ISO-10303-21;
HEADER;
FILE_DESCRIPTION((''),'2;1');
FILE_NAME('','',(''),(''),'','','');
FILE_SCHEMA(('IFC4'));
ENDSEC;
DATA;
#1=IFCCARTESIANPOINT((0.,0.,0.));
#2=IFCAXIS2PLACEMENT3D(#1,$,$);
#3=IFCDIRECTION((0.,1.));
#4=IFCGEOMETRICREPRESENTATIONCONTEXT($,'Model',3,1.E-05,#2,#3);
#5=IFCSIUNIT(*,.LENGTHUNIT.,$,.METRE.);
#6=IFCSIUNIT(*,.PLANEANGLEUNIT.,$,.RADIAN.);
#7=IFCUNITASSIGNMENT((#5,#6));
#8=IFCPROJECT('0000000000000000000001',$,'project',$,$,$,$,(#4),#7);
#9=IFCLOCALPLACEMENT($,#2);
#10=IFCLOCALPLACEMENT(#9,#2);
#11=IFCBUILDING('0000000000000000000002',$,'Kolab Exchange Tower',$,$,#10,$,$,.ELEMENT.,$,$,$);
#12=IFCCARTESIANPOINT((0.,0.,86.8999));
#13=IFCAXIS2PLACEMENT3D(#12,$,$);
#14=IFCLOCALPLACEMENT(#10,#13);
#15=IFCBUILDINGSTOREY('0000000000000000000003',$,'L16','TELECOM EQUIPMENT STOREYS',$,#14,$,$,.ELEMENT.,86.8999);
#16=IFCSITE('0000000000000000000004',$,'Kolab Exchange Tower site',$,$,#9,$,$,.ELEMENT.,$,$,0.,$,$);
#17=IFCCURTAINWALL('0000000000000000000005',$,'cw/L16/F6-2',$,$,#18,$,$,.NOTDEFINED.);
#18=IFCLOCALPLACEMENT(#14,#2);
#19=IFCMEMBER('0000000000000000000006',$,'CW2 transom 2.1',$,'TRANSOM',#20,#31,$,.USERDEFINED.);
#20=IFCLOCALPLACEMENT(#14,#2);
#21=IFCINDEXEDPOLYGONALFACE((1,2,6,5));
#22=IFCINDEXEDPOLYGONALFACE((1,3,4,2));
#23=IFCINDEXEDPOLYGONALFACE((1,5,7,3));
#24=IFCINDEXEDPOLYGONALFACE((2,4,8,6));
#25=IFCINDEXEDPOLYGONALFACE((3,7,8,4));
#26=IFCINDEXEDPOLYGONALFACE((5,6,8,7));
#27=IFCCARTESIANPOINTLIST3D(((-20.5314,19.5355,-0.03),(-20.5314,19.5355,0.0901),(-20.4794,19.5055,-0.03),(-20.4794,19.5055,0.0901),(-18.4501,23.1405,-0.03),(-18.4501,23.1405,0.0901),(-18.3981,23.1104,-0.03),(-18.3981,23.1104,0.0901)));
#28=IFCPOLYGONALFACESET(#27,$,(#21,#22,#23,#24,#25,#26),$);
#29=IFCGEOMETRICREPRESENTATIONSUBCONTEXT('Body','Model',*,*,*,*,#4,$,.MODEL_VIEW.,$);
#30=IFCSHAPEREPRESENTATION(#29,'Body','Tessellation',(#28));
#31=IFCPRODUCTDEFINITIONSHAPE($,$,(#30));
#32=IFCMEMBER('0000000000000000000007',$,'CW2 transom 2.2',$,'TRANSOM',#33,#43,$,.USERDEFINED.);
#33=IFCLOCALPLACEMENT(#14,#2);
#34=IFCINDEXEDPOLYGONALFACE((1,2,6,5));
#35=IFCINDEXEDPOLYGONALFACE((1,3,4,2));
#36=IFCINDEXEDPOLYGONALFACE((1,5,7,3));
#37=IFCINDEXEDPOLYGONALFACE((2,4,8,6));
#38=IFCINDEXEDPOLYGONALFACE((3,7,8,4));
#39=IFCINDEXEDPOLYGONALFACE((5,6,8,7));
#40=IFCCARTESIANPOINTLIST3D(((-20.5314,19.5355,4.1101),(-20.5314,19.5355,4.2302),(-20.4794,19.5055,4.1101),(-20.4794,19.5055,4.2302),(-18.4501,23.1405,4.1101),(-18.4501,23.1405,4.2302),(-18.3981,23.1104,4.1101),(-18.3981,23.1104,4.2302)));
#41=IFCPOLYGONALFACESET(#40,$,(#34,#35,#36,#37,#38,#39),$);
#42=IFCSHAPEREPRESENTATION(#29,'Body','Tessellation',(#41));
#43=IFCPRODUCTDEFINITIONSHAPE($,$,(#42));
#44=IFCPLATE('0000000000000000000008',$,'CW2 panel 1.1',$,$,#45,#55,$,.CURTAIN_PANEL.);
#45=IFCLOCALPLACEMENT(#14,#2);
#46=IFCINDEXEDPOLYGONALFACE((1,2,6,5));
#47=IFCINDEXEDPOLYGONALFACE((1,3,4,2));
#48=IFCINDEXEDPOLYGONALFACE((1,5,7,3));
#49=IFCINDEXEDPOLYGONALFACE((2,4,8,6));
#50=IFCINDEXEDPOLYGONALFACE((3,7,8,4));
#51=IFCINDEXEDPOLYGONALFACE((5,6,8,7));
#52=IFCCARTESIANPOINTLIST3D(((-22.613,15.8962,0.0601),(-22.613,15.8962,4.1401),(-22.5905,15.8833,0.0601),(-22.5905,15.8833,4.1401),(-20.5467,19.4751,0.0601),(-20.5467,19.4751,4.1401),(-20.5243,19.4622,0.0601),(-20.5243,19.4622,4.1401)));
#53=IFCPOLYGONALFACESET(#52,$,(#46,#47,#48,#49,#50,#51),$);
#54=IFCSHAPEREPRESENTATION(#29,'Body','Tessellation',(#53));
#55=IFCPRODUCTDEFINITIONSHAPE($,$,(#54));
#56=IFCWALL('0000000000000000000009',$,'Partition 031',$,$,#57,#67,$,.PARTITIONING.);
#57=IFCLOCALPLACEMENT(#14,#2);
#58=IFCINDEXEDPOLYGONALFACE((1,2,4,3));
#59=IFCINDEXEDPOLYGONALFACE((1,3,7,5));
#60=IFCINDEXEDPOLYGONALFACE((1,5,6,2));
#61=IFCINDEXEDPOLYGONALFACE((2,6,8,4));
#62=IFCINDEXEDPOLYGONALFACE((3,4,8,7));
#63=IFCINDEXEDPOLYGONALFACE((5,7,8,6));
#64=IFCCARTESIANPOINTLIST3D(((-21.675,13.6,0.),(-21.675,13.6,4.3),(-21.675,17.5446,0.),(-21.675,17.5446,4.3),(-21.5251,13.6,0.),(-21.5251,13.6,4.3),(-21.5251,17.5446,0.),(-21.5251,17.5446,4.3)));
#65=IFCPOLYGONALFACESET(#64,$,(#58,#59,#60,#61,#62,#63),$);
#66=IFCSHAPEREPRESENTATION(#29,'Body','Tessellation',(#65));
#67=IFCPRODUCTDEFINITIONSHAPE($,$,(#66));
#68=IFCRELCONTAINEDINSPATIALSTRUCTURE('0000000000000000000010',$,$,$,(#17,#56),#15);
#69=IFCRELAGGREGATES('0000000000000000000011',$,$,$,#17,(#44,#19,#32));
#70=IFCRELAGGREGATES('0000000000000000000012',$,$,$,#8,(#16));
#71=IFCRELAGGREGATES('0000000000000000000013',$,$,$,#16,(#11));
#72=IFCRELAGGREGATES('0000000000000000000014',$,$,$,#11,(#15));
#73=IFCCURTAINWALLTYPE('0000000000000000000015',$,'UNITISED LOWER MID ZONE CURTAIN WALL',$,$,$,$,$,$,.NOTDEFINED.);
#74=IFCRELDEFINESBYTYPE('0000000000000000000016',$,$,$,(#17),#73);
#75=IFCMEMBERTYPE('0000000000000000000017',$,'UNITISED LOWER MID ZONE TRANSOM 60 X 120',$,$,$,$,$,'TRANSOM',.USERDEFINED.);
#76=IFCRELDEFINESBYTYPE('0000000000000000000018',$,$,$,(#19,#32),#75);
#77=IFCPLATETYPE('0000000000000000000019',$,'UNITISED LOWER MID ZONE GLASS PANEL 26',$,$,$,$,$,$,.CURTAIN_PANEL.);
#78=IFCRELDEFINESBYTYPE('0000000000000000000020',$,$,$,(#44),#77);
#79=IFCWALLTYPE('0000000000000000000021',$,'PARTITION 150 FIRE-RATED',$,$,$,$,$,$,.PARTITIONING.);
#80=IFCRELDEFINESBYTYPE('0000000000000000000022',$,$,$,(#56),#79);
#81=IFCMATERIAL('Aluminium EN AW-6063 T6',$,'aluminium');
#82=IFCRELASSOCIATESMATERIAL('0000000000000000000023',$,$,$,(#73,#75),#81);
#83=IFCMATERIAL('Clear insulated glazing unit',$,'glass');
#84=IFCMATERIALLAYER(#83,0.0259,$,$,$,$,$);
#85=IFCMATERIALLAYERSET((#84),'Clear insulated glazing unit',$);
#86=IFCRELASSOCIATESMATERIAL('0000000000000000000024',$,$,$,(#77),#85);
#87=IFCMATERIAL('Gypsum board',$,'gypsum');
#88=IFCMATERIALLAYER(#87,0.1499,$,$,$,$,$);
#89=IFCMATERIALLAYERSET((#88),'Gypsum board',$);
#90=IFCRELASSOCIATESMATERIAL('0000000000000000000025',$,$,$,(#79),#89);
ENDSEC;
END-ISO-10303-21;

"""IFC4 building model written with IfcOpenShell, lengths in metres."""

from ifc_helpers import new_model, si_unit, direction, frame, frame_2d, origin, origin_2d, place, context, subcontext, project, spatial, rectangle, extrude, material, layer, layer_set, material_profile, profile_set, type_object, element, aggregate, save


model = new_model("IFC4")

# Units and contexts
model_context = context("Model", 3, precision=1e-05, world=origin(), true_north=direction((0.0, 1.0)))
body_context = subcontext(model_context, "Body", "Model", "MODEL_VIEW")
ifc_project = project(units=[si_unit("LENGTHUNIT", "METRE"), si_unit("PLANEANGLEUNIT", "RADIAN")], contexts=[model_context])

# Site, building, storey
site_placement = place(None, origin())
site = spatial("IfcSite", under=ifc_project, at=site_placement, Name="Kolab Exchange Tower site", CompositionType="ELEMENT", RefElevation=0.0)
building_placement = place(site_placement, origin())
building = spatial("IfcBuilding", under=site, at=building_placement, Name="Kolab Exchange Tower", CompositionType="ELEMENT")
storey_placement = place(building_placement, frame((0.0, 0.0, 86.8999)))
storey = spatial("IfcBuildingStorey", under=building, at=storey_placement, Name="L16", Description="TELECOM EQUIPMENT STOREYS", CompositionType="ELEMENT", Elevation=86.8999)

# Shared definitions
ifc_material_1 = material(Name="Aluminium EN AW-6063 T6", Category="aluminium")
curtain_wall_type = type_object("IfcCurtainWallType", Name="UNITISED LOWER MID ZONE CURTAIN WALL", PredefinedType="NOTDEFINED", material=ifc_material_1)

# Curtain wall, members, plate
curtain_wall_1_placement = place(storey_placement, origin())
curtain_wall_1 = element("IfcCurtainWall", 1, at=curtain_wall_1_placement, inside=storey, type_object=curtain_wall_type, Name="cw/L16/F6-2", PredefinedType="NOTDEFINED")
ifc_material_profile_1 = material_profile(ifc_material_1, rectangle(XDim=0.0601, YDim=0.1201, at=origin_2d()), Name="RECT 60X120")
ifc_profile_set_1 = profile_set([ifc_material_profile_1], Name="Aluminium EN AW-6063 T6")
member_type_1 = type_object("IfcMemberType", Name="UNITISED LOWER MID ZONE TRANSOM 60 X 120", ElementType="TRANSOM", PredefinedType="USERDEFINED", material=ifc_profile_set_1)
member_1_placement = place(storey_placement, frame((-20.5054, 19.5205, 0.03), z_axis=(0.499993, 0.866029, 0.0), x_axis=(-0.866029, 0.499993, 0.0)))
member_1 = element("IfcMember", 2, at=member_1_placement, type_object=member_type_1, Name="CW2 transom 2.1", ObjectType="TRANSOM", PredefinedType="USERDEFINED", context=body_context, shape_type="SweptSolid", body=[
    extrude(rectangle(XDim=0.0601, YDim=0.1201, at=origin_2d()), origin(), (0.0, 0.0, 1.0), 4.1626),
])
member_2_placement = place(storey_placement, frame((-20.5054, 19.5205, 4.1702), z_axis=(0.499993, 0.866029, 0.0), x_axis=(-0.866029, 0.499993, 0.0)))
member_2 = element("IfcMember", 3, at=member_2_placement, type_object=member_type_1, Name="CW2 transom 2.2", ObjectType="TRANSOM", PredefinedType="USERDEFINED", context=body_context, shape_type="SweptSolid", body=[
    extrude(rectangle(XDim=0.0601, YDim=0.1201, at=origin_2d()), origin(), (0.0, 0.0, 1.0), 4.1626),
])
ifc_material_2 = material(Name="Clear insulated glazing unit", Category="glass")
ifc_layer_1 = layer(ifc_material_2, 0.0259)
ifc_layer_set_1 = layer_set([ifc_layer_1], Name="Clear insulated glazing unit")
plate_type = type_object("IfcPlateType", Name="UNITISED LOWER MID ZONE GLASS PANEL 26", PredefinedType="CURTAIN_PANEL", material=ifc_layer_set_1)
plate_placement = place(storey_placement, frame((-21.5686, 17.6792, 0.0601), z_axis=(0.0, 0.0, 1.0), x_axis=(0.5, 0.866025, 0.0)))
plate = element("IfcPlate", 4, at=plate_placement, type_object=plate_type, Name="CW2 panel 1.1", PredefinedType="CURTAIN_PANEL", context=body_context, shape_type="SweptSolid", body=[
    extrude(rectangle(XDim=4.1326, YDim=0.0259, at=origin_2d()), origin(), (0.0, 0.0, 1.0), 4.0801),
])
aggregate(curtain_wall_1, [plate, member_1, member_2])

# Wall
ifc_material_3 = material(Name="Gypsum board", Category="gypsum")
ifc_layer_2 = layer(ifc_material_3, 0.1499)
ifc_layer_set_2 = layer_set([ifc_layer_2], Name="Gypsum board")
wall_type_1 = type_object("IfcWallType", Name="PARTITION 150 FIRE-RATED", PredefinedType="PARTITIONING", material=ifc_layer_set_2)
wall_1_placement = place(storey_placement, frame((-21.6001, 13.6001, 0.0), z_axis=(0.0, 0.0, 1.0), x_axis=(0.0, 1.0, 0.0)))
element("IfcWall", 5, at=wall_1_placement, inside=storey, type_object=wall_type_1, Name="Partition 031", PredefinedType="PARTITIONING", context=body_context, shape_type="SweptSolid", body=[
    extrude(rectangle(XDim=3.9446, YDim=0.1499, at=frame_2d((1.9722, 0.0))), origin(), (0.0, 0.0, 1.0), 4.3),
])

save(model, "model.ifc")
